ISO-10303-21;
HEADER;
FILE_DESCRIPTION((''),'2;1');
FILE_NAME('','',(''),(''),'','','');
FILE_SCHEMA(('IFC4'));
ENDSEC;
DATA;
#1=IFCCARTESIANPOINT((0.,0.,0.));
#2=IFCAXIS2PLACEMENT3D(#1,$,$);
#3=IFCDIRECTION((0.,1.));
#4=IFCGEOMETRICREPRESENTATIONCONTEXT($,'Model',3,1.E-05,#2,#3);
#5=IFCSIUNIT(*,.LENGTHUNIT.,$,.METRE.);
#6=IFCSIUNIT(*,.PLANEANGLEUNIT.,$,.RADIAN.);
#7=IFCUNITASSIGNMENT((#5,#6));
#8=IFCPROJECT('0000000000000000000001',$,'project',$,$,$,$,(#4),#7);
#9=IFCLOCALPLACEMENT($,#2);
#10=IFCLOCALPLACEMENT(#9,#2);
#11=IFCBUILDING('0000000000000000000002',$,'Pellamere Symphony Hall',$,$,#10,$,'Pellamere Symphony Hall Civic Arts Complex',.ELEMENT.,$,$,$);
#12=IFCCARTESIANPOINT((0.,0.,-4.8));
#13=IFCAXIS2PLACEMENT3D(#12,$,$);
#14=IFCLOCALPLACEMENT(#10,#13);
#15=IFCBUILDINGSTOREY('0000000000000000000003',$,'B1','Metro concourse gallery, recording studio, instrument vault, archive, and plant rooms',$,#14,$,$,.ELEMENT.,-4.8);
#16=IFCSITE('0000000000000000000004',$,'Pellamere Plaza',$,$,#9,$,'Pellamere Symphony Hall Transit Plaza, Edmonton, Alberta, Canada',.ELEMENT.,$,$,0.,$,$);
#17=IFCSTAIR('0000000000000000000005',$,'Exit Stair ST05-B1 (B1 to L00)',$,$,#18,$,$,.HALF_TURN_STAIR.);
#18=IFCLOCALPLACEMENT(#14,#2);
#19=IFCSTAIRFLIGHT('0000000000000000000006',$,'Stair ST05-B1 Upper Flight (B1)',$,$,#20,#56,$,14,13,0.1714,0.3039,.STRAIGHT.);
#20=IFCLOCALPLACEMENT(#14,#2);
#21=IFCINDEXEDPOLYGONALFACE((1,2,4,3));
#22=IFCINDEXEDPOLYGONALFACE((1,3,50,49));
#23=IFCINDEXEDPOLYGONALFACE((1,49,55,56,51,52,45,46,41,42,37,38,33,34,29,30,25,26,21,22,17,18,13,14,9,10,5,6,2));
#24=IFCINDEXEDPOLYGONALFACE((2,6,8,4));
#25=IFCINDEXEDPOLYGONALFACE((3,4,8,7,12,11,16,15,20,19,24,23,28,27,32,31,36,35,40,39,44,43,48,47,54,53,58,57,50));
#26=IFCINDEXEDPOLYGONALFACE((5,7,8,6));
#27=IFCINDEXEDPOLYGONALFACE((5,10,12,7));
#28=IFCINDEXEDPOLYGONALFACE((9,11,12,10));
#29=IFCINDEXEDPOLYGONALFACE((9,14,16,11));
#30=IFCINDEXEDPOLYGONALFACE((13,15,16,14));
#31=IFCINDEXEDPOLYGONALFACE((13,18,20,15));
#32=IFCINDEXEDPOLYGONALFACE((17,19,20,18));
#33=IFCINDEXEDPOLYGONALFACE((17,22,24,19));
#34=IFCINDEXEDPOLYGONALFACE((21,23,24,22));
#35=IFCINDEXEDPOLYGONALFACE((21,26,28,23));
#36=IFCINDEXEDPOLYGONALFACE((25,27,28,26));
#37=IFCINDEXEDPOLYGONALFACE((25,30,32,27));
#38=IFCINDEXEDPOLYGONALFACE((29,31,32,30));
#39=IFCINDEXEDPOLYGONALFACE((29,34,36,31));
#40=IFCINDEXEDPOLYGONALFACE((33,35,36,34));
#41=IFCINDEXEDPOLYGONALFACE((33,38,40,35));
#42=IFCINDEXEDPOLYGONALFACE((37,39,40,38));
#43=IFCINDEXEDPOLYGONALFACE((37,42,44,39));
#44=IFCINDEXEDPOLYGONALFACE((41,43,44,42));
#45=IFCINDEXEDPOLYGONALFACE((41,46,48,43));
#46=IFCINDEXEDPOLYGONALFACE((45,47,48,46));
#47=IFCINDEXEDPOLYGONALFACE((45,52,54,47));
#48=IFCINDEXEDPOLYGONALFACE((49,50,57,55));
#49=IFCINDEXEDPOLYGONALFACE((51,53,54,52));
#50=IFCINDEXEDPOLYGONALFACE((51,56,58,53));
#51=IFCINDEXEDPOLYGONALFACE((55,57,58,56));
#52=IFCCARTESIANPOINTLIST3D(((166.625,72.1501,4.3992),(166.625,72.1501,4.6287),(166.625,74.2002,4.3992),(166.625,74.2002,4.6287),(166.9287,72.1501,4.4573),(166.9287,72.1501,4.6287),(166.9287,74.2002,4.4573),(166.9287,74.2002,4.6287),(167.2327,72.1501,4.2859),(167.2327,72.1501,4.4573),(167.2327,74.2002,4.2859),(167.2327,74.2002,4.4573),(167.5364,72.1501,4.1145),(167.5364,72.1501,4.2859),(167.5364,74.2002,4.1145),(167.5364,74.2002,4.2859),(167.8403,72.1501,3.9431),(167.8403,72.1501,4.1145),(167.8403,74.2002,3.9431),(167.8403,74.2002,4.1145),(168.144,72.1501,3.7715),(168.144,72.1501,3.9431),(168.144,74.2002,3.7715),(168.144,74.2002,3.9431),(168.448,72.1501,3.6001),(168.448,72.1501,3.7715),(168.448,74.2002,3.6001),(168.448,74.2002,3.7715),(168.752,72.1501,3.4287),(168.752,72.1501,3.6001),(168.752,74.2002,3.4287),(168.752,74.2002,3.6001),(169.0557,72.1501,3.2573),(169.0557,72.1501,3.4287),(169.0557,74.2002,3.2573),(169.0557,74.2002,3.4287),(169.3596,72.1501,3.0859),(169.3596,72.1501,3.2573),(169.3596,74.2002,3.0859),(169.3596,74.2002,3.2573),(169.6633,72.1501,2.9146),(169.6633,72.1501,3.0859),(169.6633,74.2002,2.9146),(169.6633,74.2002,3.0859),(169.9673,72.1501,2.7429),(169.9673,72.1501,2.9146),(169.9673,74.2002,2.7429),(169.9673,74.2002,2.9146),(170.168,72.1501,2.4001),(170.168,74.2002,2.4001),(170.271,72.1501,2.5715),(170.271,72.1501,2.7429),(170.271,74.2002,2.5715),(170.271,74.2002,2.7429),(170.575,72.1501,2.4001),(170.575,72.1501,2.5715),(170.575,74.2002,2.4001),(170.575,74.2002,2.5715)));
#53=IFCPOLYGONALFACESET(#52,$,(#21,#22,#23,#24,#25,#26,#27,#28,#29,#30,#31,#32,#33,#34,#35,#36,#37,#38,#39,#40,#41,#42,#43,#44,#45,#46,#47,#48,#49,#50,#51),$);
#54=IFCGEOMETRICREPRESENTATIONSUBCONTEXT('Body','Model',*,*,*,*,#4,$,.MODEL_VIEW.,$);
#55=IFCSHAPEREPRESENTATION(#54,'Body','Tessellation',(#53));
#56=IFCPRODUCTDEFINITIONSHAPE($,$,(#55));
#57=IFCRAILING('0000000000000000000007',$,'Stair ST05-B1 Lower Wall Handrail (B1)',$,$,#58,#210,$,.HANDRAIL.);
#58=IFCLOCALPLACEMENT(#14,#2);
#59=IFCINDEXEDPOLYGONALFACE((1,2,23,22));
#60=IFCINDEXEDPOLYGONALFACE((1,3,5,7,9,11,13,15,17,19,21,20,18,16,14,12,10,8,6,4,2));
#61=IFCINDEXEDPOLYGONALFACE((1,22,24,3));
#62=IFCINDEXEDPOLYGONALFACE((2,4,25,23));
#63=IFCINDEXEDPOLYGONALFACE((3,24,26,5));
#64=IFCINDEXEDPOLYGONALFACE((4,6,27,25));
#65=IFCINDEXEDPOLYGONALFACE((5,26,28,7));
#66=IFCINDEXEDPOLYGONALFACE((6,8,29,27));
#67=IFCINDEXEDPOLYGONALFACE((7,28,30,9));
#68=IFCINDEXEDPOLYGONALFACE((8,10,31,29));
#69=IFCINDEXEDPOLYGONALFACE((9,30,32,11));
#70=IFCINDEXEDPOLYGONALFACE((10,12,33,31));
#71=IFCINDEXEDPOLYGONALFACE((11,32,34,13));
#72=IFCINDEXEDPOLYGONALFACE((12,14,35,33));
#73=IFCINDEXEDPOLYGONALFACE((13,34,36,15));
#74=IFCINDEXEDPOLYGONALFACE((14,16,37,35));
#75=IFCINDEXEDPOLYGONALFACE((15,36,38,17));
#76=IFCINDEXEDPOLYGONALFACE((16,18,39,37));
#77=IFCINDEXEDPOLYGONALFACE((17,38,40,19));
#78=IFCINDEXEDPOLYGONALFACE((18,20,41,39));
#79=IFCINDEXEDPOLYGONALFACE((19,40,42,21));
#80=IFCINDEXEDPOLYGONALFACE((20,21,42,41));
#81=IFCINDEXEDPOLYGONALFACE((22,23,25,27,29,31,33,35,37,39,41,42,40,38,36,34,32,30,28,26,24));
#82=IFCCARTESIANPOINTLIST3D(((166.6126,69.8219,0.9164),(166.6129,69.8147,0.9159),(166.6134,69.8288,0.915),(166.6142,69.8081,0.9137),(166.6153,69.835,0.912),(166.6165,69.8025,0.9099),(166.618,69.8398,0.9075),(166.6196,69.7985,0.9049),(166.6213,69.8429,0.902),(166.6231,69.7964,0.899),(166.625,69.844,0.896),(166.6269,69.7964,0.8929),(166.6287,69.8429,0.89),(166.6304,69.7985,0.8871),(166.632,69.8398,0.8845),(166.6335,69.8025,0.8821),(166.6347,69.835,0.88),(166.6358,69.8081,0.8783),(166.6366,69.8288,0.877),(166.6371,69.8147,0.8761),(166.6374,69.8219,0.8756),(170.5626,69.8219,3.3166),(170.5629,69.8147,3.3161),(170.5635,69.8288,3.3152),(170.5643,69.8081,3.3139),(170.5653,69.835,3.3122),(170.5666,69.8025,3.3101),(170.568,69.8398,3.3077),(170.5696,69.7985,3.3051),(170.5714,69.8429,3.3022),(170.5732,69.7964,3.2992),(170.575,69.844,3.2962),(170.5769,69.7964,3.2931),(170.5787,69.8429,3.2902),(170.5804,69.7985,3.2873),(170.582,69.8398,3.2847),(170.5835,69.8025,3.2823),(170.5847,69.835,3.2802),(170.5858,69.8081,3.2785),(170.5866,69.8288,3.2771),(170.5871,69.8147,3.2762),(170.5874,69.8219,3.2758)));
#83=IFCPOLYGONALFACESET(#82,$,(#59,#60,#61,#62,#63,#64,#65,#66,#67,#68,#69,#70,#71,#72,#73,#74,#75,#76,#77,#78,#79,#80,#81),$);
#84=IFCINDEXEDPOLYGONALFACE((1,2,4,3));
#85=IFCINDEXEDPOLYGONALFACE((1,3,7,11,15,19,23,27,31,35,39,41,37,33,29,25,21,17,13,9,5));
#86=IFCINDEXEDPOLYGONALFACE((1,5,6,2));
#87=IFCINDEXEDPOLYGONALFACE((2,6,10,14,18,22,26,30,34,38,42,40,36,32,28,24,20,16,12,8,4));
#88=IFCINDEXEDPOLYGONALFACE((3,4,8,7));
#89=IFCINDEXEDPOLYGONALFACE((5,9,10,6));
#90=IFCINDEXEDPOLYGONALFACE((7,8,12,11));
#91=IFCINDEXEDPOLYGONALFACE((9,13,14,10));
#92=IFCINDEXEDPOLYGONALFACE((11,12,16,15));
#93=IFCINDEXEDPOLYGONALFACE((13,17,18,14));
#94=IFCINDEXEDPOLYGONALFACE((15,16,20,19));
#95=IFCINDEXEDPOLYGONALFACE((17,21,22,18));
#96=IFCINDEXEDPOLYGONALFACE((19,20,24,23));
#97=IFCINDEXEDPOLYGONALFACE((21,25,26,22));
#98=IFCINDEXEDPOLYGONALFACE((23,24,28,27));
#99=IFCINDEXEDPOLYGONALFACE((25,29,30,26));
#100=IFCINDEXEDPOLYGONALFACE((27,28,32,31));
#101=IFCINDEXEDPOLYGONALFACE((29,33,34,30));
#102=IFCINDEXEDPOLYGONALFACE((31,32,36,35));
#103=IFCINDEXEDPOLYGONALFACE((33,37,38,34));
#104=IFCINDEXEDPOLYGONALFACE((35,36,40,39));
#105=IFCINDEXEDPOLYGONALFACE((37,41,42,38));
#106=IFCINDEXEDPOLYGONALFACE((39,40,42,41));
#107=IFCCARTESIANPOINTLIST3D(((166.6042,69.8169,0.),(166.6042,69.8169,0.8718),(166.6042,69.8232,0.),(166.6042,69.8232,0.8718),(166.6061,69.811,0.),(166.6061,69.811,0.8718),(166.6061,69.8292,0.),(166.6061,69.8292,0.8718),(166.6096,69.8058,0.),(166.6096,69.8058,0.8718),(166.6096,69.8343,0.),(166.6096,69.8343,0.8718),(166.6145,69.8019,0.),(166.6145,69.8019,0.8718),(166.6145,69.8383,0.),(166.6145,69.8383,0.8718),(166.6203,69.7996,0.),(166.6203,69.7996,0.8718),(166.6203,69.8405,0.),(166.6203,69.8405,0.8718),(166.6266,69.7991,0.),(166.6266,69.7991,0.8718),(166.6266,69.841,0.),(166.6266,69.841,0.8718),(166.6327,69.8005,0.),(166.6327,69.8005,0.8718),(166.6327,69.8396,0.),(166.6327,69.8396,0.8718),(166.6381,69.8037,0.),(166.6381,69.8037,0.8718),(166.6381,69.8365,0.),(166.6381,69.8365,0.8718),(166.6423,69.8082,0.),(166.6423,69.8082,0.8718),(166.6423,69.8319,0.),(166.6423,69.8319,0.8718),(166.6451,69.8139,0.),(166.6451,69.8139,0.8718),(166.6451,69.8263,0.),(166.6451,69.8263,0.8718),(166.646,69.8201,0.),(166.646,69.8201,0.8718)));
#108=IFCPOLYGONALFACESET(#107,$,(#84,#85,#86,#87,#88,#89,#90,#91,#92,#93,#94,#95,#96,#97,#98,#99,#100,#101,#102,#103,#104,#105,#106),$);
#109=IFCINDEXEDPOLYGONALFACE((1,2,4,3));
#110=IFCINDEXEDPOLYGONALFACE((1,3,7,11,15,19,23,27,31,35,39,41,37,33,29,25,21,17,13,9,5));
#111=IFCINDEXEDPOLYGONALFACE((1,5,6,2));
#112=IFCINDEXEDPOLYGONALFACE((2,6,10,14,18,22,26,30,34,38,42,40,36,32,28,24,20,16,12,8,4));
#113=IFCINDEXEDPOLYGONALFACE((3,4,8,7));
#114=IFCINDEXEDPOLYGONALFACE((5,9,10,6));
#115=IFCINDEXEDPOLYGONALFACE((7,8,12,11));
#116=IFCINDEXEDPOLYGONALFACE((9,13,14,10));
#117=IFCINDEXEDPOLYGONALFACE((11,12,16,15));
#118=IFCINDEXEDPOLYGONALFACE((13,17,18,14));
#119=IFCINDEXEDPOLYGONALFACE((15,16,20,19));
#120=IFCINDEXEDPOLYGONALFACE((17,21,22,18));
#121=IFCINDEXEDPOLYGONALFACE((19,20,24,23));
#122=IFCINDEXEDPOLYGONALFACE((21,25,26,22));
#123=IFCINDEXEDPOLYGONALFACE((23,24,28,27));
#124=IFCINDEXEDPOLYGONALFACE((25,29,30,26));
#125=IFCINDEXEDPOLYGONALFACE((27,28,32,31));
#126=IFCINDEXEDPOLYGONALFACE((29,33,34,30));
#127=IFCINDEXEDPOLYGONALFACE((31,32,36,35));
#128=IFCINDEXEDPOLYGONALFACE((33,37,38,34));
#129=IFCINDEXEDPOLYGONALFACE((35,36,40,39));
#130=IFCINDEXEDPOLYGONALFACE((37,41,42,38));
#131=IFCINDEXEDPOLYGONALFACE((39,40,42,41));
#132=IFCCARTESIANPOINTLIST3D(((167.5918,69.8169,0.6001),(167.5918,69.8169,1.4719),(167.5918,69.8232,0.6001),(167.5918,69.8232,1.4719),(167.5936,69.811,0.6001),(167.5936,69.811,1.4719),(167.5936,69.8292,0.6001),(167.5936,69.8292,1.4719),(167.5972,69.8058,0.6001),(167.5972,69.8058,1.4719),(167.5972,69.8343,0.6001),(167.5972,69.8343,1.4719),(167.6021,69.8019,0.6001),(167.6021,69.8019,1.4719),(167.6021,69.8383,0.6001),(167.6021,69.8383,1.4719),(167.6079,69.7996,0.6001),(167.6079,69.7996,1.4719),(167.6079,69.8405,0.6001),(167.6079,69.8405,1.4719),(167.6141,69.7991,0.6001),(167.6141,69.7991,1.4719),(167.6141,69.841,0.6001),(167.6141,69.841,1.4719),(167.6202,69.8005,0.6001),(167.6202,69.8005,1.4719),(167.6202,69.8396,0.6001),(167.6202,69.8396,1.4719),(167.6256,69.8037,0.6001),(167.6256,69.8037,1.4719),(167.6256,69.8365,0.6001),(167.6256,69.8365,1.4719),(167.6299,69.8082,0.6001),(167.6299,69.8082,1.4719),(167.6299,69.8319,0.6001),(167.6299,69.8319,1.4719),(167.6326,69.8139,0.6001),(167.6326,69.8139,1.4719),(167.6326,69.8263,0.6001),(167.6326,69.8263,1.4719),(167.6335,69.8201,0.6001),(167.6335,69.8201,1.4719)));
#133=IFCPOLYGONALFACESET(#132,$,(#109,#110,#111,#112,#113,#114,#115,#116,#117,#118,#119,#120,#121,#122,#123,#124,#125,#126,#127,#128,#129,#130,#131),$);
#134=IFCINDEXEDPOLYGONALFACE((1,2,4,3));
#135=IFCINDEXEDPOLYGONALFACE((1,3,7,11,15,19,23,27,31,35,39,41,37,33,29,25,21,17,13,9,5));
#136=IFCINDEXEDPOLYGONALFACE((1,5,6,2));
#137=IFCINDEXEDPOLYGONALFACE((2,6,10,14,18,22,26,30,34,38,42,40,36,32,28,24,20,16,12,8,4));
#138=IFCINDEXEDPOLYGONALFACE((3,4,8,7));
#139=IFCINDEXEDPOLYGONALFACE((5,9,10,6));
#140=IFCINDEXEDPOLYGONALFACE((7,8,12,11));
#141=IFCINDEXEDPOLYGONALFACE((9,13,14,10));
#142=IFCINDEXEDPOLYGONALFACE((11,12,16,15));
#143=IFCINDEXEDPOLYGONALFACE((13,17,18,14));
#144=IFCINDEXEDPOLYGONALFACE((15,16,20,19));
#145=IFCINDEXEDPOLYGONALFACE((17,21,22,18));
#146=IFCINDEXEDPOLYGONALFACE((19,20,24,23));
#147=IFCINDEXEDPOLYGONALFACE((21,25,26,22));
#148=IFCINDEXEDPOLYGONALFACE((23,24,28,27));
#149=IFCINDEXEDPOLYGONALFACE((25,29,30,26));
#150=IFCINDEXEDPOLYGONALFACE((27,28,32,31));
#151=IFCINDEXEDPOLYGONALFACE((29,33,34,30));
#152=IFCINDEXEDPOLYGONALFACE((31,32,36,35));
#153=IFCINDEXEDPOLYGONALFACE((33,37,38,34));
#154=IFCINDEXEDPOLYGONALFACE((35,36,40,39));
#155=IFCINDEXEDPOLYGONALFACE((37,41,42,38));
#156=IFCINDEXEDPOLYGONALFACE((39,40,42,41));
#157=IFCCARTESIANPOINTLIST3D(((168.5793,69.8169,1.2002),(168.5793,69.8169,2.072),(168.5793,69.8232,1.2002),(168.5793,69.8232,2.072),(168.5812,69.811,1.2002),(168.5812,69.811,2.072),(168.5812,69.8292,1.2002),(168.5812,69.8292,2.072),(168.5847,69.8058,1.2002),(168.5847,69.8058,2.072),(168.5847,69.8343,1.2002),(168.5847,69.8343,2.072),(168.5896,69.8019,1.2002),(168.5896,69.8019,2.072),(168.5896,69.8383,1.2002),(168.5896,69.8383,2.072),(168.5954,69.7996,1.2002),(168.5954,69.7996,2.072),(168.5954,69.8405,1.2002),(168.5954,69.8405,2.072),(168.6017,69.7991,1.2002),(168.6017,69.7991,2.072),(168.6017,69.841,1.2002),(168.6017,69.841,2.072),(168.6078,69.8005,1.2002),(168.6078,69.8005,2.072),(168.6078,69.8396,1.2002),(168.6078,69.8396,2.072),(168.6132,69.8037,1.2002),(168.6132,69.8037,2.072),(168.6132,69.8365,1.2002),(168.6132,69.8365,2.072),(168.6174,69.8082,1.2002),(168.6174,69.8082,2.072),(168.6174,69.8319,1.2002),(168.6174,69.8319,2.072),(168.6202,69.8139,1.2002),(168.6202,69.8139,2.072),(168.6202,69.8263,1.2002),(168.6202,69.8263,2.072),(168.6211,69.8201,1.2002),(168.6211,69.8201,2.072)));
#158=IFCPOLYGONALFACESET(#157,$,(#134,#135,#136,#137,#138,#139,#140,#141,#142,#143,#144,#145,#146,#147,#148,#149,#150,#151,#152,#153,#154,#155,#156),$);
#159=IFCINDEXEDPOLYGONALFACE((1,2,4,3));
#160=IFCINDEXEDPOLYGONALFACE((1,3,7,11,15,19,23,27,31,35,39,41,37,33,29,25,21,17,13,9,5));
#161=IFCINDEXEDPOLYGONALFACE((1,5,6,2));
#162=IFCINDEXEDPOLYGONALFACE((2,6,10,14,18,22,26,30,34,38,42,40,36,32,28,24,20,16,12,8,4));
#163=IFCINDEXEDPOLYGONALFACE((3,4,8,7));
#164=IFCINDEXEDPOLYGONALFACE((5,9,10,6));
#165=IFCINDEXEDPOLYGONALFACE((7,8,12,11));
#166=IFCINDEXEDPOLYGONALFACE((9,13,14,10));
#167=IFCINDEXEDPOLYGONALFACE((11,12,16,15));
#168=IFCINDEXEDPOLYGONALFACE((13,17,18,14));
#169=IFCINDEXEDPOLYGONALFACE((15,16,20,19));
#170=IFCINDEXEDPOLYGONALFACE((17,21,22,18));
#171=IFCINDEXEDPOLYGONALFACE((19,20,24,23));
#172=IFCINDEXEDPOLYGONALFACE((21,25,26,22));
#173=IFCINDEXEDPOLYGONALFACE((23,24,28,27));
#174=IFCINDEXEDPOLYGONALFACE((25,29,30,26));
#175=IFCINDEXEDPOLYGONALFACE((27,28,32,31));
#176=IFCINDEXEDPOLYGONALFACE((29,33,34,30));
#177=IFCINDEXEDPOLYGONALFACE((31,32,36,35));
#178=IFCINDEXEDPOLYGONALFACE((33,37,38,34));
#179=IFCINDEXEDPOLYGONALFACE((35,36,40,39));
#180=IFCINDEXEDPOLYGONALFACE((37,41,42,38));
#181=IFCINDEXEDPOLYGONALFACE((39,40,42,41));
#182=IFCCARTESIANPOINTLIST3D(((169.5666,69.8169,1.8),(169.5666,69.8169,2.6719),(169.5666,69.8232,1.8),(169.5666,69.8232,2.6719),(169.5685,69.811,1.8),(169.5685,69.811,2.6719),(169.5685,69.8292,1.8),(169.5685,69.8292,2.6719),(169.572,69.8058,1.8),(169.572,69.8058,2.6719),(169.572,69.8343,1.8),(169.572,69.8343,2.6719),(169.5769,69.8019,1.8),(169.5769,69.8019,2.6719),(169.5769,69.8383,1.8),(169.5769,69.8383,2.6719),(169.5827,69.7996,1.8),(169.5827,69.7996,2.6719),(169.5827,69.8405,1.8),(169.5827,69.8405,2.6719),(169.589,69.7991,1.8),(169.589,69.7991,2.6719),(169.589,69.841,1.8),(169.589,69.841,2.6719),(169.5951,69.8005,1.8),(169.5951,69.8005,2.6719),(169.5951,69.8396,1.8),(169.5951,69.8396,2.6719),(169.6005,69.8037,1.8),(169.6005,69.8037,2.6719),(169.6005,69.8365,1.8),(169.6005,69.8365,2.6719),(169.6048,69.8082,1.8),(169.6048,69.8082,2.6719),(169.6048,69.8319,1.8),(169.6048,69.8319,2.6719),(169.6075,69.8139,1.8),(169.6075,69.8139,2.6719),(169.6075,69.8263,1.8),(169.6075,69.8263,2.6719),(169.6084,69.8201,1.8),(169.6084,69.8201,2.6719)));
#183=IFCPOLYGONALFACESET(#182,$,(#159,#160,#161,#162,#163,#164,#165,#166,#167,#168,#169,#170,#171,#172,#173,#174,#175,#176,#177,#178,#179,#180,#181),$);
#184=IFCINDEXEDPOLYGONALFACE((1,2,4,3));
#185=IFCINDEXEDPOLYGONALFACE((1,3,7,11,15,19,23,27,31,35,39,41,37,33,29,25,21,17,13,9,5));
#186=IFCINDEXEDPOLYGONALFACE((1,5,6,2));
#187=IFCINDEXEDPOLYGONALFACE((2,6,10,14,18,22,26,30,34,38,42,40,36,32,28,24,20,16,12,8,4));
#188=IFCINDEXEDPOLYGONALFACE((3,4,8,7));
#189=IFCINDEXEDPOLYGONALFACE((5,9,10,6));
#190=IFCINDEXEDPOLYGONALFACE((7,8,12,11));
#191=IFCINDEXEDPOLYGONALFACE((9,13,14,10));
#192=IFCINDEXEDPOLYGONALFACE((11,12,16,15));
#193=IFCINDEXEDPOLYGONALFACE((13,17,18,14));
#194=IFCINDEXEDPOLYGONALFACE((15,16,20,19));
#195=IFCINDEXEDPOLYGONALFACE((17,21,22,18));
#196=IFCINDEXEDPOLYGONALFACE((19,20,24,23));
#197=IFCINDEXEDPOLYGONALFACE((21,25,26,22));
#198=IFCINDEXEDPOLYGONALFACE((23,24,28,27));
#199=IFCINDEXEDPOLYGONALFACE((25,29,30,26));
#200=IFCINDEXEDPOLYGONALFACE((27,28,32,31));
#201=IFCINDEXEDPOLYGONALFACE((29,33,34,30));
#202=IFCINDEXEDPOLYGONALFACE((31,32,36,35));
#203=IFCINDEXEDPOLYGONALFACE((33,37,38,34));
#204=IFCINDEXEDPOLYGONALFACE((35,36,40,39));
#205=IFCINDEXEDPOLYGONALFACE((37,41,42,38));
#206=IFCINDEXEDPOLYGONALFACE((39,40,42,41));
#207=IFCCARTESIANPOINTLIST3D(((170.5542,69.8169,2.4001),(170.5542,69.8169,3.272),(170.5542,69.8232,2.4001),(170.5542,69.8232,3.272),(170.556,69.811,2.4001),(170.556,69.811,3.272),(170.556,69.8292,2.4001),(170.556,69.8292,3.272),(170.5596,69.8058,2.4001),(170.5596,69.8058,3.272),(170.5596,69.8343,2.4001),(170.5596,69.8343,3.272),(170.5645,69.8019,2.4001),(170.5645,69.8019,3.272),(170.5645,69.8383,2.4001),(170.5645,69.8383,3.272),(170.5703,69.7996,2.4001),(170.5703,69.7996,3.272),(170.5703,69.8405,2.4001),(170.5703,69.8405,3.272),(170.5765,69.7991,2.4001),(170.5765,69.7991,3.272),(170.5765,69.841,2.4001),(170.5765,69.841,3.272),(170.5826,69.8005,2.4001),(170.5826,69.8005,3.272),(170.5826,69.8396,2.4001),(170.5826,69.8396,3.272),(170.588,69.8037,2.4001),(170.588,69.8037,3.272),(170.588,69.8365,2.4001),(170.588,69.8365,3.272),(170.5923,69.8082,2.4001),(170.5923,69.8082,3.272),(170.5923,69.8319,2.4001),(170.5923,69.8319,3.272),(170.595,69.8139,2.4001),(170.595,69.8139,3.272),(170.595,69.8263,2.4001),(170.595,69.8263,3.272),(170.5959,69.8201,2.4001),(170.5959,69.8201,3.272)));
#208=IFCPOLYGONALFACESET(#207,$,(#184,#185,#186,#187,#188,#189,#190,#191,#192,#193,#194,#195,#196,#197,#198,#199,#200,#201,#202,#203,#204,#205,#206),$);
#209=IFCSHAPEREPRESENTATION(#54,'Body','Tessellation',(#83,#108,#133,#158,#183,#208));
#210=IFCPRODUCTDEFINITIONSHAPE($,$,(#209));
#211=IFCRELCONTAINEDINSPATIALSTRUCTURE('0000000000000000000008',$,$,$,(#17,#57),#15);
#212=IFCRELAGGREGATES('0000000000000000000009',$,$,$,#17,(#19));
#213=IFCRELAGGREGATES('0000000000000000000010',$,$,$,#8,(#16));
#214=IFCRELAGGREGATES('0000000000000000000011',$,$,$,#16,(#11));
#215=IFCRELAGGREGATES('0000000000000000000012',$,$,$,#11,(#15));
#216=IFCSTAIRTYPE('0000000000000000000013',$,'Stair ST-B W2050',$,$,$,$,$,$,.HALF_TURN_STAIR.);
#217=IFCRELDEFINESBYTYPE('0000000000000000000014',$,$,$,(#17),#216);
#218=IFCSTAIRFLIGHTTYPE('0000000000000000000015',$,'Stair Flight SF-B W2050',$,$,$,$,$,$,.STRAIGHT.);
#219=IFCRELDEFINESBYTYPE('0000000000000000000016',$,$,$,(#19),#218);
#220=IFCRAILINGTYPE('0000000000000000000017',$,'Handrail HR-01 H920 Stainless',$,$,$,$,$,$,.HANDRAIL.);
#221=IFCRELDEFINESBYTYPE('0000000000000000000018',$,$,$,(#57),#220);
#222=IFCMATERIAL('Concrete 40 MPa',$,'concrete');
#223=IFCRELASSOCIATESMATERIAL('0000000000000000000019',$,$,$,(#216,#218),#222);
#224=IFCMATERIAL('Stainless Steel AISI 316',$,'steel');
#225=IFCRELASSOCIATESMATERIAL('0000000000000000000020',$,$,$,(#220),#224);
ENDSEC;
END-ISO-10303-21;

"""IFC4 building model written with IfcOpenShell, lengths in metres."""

from ifc_helpers import new_model, si_unit, direction, frame, origin, origin_2d, place, context, subcontext, project, spatial, polyline, circle, outline, extrude, material, type_object, element, aggregate, save


model = new_model("IFC4")

# Units and contexts
model_context = context("Model", 3, precision=1e-05, world=origin(), true_north=direction((0.0, 1.0)))
body_context = subcontext(model_context, "Body", "Model", "MODEL_VIEW")
ifc_project = project(units=[si_unit("LENGTHUNIT", "METRE"), si_unit("PLANEANGLEUNIT", "RADIAN")], contexts=[model_context])

# Site, building, storey
site_placement = place(None, origin())
site = spatial("IfcSite", under=ifc_project, at=site_placement, Name="Pellamere Plaza", LongName="Pellamere Symphony Hall Transit Plaza, Edmonton, Alberta, Canada", CompositionType="ELEMENT", RefElevation=0.0)
building_placement = place(site_placement, origin())
building = spatial("IfcBuilding", under=site, at=building_placement, Name="Pellamere Symphony Hall", LongName="Pellamere Symphony Hall Civic Arts Complex", CompositionType="ELEMENT")
storey_placement = place(building_placement, frame((0.0, 0.0, -4.8)))
storey = spatial("IfcBuildingStorey", under=building, at=storey_placement, Name="B1", Description="Metro concourse gallery, recording studio, instrument vault, archive, and plant rooms", CompositionType="ELEMENT", Elevation=-4.8)

# Shared definitions
ifc_material_1 = material(Name="Concrete 40 MPa", Category="concrete")

# Stair, stair flight
stair_type = type_object("IfcStairType", Name="Stair ST-B W2050", PredefinedType="HALF_TURN_STAIR", material=ifc_material_1)
stair_placement = place(storey_placement, origin())
stair = element("IfcStair", 1, at=stair_placement, inside=storey, type_object=stair_type, Name="Exit Stair ST05-B1 (B1 to L00)", PredefinedType="HALF_TURN_STAIR")
stair_flight_type = type_object("IfcStairFlightType", Name="Stair Flight SF-B W2050", PredefinedType="STRAIGHT", material=ifc_material_1)
stair_flight_1_placement = place(storey_placement, frame((170.575, 73.175, 2.4001), z_axis=(0.0, 0.0, 1.0), x_axis=(-1.0, 0.0, 0.0)))
stair_flight_1 = element("IfcStairFlight", 2, at=stair_flight_1_placement, type_object=stair_flight_type, Name="Stair ST05-B1 Upper Flight (B1)", NumberOfRisers=14, NumberOfTreads=13, PredefinedType="STRAIGHT", RiserHeight=0.1714, TreadLength=0.3039, context=body_context, shape_type="SweptSolid", body=[
    extrude(outline(polyline([(0.0, 0.0), (0.0, 0.1714), (0.304, 0.1714), (0.304, 0.3428), (0.6077, 0.3428), (0.6077, 0.5144), (0.9116, 0.5144), (0.9116, 0.6858), (1.2153, 0.6858), (1.2153, 0.8572), (1.5193, 0.8572), (1.5193, 1.0286), (1.823, 1.0286), (1.823, 1.2), (2.127, 1.2), (2.127, 1.3713), (2.4309, 1.3713), (2.4309, 1.543), (2.7346, 1.543), (2.7346, 1.7144), (3.0386, 1.7144), (3.0386, 1.8857), (3.3423, 1.8857), (3.3423, 2.0571), (3.6462, 2.0571), (3.6462, 2.2285), (3.95, 2.2285), (3.95, 2.3999), (3.95, 1.999), (0.407, 0.0), (0.0, 0.0)])), frame((0.0, 1.0249, 0.0), z_axis=(0.0, -1.0, 0.0), x_axis=(1.0, 0.0, 0.0)), (0.0, 0.0, 1.0), 2.05),
])
aggregate(stair, [stair_flight_1])

# Railing
ifc_material_2 = material(Name="Stainless Steel AISI 316", Category="steel")
railing_type_1 = type_object("IfcRailingType", Name="Handrail HR-01 H920 Stainless", PredefinedType="HANDRAIL", material=ifc_material_2)
railing_1_placement = place(storey_placement, frame((166.625, 69.8201, 0.0)))
element("IfcRailing", 3, at=railing_1_placement, inside=storey, type_object=railing_type_1, Name="Stair ST05-B1 Lower Wall Handrail (B1)", PredefinedType="HANDRAIL", context=body_context, shape_type="SweptSolid", body=[
    extrude(circle(Radius=0.0239, at=origin_2d()), frame((0.0, 0.0, 0.896), z_axis=(0.854599, 0.0, 0.519288), x_axis=(0.0, 1.0, 0.0)), (0.0, 0.0, 1.0), 4.6221),
    extrude(circle(Radius=0.021, at=origin_2d()), origin(), (0.0, 0.0, 1.0), 0.8718),
    extrude(circle(Radius=0.021, at=origin_2d()), frame((0.9875, 0.0, 0.6001)), (0.0, 0.0, 1.0), 0.8718),
    extrude(circle(Radius=0.021, at=origin_2d()), frame((1.9751, 0.0, 1.2002)), (0.0, 0.0, 1.0), 0.8718),
    extrude(circle(Radius=0.021, at=origin_2d()), frame((2.9624, 0.0, 1.8)), (0.0, 0.0, 1.0), 0.8718),
    extrude(circle(Radius=0.021, at=origin_2d()), frame((3.95, 0.0, 2.4001)), (0.0, 0.0, 1.0), 0.8718),
])

save(model, "model.ifc")
